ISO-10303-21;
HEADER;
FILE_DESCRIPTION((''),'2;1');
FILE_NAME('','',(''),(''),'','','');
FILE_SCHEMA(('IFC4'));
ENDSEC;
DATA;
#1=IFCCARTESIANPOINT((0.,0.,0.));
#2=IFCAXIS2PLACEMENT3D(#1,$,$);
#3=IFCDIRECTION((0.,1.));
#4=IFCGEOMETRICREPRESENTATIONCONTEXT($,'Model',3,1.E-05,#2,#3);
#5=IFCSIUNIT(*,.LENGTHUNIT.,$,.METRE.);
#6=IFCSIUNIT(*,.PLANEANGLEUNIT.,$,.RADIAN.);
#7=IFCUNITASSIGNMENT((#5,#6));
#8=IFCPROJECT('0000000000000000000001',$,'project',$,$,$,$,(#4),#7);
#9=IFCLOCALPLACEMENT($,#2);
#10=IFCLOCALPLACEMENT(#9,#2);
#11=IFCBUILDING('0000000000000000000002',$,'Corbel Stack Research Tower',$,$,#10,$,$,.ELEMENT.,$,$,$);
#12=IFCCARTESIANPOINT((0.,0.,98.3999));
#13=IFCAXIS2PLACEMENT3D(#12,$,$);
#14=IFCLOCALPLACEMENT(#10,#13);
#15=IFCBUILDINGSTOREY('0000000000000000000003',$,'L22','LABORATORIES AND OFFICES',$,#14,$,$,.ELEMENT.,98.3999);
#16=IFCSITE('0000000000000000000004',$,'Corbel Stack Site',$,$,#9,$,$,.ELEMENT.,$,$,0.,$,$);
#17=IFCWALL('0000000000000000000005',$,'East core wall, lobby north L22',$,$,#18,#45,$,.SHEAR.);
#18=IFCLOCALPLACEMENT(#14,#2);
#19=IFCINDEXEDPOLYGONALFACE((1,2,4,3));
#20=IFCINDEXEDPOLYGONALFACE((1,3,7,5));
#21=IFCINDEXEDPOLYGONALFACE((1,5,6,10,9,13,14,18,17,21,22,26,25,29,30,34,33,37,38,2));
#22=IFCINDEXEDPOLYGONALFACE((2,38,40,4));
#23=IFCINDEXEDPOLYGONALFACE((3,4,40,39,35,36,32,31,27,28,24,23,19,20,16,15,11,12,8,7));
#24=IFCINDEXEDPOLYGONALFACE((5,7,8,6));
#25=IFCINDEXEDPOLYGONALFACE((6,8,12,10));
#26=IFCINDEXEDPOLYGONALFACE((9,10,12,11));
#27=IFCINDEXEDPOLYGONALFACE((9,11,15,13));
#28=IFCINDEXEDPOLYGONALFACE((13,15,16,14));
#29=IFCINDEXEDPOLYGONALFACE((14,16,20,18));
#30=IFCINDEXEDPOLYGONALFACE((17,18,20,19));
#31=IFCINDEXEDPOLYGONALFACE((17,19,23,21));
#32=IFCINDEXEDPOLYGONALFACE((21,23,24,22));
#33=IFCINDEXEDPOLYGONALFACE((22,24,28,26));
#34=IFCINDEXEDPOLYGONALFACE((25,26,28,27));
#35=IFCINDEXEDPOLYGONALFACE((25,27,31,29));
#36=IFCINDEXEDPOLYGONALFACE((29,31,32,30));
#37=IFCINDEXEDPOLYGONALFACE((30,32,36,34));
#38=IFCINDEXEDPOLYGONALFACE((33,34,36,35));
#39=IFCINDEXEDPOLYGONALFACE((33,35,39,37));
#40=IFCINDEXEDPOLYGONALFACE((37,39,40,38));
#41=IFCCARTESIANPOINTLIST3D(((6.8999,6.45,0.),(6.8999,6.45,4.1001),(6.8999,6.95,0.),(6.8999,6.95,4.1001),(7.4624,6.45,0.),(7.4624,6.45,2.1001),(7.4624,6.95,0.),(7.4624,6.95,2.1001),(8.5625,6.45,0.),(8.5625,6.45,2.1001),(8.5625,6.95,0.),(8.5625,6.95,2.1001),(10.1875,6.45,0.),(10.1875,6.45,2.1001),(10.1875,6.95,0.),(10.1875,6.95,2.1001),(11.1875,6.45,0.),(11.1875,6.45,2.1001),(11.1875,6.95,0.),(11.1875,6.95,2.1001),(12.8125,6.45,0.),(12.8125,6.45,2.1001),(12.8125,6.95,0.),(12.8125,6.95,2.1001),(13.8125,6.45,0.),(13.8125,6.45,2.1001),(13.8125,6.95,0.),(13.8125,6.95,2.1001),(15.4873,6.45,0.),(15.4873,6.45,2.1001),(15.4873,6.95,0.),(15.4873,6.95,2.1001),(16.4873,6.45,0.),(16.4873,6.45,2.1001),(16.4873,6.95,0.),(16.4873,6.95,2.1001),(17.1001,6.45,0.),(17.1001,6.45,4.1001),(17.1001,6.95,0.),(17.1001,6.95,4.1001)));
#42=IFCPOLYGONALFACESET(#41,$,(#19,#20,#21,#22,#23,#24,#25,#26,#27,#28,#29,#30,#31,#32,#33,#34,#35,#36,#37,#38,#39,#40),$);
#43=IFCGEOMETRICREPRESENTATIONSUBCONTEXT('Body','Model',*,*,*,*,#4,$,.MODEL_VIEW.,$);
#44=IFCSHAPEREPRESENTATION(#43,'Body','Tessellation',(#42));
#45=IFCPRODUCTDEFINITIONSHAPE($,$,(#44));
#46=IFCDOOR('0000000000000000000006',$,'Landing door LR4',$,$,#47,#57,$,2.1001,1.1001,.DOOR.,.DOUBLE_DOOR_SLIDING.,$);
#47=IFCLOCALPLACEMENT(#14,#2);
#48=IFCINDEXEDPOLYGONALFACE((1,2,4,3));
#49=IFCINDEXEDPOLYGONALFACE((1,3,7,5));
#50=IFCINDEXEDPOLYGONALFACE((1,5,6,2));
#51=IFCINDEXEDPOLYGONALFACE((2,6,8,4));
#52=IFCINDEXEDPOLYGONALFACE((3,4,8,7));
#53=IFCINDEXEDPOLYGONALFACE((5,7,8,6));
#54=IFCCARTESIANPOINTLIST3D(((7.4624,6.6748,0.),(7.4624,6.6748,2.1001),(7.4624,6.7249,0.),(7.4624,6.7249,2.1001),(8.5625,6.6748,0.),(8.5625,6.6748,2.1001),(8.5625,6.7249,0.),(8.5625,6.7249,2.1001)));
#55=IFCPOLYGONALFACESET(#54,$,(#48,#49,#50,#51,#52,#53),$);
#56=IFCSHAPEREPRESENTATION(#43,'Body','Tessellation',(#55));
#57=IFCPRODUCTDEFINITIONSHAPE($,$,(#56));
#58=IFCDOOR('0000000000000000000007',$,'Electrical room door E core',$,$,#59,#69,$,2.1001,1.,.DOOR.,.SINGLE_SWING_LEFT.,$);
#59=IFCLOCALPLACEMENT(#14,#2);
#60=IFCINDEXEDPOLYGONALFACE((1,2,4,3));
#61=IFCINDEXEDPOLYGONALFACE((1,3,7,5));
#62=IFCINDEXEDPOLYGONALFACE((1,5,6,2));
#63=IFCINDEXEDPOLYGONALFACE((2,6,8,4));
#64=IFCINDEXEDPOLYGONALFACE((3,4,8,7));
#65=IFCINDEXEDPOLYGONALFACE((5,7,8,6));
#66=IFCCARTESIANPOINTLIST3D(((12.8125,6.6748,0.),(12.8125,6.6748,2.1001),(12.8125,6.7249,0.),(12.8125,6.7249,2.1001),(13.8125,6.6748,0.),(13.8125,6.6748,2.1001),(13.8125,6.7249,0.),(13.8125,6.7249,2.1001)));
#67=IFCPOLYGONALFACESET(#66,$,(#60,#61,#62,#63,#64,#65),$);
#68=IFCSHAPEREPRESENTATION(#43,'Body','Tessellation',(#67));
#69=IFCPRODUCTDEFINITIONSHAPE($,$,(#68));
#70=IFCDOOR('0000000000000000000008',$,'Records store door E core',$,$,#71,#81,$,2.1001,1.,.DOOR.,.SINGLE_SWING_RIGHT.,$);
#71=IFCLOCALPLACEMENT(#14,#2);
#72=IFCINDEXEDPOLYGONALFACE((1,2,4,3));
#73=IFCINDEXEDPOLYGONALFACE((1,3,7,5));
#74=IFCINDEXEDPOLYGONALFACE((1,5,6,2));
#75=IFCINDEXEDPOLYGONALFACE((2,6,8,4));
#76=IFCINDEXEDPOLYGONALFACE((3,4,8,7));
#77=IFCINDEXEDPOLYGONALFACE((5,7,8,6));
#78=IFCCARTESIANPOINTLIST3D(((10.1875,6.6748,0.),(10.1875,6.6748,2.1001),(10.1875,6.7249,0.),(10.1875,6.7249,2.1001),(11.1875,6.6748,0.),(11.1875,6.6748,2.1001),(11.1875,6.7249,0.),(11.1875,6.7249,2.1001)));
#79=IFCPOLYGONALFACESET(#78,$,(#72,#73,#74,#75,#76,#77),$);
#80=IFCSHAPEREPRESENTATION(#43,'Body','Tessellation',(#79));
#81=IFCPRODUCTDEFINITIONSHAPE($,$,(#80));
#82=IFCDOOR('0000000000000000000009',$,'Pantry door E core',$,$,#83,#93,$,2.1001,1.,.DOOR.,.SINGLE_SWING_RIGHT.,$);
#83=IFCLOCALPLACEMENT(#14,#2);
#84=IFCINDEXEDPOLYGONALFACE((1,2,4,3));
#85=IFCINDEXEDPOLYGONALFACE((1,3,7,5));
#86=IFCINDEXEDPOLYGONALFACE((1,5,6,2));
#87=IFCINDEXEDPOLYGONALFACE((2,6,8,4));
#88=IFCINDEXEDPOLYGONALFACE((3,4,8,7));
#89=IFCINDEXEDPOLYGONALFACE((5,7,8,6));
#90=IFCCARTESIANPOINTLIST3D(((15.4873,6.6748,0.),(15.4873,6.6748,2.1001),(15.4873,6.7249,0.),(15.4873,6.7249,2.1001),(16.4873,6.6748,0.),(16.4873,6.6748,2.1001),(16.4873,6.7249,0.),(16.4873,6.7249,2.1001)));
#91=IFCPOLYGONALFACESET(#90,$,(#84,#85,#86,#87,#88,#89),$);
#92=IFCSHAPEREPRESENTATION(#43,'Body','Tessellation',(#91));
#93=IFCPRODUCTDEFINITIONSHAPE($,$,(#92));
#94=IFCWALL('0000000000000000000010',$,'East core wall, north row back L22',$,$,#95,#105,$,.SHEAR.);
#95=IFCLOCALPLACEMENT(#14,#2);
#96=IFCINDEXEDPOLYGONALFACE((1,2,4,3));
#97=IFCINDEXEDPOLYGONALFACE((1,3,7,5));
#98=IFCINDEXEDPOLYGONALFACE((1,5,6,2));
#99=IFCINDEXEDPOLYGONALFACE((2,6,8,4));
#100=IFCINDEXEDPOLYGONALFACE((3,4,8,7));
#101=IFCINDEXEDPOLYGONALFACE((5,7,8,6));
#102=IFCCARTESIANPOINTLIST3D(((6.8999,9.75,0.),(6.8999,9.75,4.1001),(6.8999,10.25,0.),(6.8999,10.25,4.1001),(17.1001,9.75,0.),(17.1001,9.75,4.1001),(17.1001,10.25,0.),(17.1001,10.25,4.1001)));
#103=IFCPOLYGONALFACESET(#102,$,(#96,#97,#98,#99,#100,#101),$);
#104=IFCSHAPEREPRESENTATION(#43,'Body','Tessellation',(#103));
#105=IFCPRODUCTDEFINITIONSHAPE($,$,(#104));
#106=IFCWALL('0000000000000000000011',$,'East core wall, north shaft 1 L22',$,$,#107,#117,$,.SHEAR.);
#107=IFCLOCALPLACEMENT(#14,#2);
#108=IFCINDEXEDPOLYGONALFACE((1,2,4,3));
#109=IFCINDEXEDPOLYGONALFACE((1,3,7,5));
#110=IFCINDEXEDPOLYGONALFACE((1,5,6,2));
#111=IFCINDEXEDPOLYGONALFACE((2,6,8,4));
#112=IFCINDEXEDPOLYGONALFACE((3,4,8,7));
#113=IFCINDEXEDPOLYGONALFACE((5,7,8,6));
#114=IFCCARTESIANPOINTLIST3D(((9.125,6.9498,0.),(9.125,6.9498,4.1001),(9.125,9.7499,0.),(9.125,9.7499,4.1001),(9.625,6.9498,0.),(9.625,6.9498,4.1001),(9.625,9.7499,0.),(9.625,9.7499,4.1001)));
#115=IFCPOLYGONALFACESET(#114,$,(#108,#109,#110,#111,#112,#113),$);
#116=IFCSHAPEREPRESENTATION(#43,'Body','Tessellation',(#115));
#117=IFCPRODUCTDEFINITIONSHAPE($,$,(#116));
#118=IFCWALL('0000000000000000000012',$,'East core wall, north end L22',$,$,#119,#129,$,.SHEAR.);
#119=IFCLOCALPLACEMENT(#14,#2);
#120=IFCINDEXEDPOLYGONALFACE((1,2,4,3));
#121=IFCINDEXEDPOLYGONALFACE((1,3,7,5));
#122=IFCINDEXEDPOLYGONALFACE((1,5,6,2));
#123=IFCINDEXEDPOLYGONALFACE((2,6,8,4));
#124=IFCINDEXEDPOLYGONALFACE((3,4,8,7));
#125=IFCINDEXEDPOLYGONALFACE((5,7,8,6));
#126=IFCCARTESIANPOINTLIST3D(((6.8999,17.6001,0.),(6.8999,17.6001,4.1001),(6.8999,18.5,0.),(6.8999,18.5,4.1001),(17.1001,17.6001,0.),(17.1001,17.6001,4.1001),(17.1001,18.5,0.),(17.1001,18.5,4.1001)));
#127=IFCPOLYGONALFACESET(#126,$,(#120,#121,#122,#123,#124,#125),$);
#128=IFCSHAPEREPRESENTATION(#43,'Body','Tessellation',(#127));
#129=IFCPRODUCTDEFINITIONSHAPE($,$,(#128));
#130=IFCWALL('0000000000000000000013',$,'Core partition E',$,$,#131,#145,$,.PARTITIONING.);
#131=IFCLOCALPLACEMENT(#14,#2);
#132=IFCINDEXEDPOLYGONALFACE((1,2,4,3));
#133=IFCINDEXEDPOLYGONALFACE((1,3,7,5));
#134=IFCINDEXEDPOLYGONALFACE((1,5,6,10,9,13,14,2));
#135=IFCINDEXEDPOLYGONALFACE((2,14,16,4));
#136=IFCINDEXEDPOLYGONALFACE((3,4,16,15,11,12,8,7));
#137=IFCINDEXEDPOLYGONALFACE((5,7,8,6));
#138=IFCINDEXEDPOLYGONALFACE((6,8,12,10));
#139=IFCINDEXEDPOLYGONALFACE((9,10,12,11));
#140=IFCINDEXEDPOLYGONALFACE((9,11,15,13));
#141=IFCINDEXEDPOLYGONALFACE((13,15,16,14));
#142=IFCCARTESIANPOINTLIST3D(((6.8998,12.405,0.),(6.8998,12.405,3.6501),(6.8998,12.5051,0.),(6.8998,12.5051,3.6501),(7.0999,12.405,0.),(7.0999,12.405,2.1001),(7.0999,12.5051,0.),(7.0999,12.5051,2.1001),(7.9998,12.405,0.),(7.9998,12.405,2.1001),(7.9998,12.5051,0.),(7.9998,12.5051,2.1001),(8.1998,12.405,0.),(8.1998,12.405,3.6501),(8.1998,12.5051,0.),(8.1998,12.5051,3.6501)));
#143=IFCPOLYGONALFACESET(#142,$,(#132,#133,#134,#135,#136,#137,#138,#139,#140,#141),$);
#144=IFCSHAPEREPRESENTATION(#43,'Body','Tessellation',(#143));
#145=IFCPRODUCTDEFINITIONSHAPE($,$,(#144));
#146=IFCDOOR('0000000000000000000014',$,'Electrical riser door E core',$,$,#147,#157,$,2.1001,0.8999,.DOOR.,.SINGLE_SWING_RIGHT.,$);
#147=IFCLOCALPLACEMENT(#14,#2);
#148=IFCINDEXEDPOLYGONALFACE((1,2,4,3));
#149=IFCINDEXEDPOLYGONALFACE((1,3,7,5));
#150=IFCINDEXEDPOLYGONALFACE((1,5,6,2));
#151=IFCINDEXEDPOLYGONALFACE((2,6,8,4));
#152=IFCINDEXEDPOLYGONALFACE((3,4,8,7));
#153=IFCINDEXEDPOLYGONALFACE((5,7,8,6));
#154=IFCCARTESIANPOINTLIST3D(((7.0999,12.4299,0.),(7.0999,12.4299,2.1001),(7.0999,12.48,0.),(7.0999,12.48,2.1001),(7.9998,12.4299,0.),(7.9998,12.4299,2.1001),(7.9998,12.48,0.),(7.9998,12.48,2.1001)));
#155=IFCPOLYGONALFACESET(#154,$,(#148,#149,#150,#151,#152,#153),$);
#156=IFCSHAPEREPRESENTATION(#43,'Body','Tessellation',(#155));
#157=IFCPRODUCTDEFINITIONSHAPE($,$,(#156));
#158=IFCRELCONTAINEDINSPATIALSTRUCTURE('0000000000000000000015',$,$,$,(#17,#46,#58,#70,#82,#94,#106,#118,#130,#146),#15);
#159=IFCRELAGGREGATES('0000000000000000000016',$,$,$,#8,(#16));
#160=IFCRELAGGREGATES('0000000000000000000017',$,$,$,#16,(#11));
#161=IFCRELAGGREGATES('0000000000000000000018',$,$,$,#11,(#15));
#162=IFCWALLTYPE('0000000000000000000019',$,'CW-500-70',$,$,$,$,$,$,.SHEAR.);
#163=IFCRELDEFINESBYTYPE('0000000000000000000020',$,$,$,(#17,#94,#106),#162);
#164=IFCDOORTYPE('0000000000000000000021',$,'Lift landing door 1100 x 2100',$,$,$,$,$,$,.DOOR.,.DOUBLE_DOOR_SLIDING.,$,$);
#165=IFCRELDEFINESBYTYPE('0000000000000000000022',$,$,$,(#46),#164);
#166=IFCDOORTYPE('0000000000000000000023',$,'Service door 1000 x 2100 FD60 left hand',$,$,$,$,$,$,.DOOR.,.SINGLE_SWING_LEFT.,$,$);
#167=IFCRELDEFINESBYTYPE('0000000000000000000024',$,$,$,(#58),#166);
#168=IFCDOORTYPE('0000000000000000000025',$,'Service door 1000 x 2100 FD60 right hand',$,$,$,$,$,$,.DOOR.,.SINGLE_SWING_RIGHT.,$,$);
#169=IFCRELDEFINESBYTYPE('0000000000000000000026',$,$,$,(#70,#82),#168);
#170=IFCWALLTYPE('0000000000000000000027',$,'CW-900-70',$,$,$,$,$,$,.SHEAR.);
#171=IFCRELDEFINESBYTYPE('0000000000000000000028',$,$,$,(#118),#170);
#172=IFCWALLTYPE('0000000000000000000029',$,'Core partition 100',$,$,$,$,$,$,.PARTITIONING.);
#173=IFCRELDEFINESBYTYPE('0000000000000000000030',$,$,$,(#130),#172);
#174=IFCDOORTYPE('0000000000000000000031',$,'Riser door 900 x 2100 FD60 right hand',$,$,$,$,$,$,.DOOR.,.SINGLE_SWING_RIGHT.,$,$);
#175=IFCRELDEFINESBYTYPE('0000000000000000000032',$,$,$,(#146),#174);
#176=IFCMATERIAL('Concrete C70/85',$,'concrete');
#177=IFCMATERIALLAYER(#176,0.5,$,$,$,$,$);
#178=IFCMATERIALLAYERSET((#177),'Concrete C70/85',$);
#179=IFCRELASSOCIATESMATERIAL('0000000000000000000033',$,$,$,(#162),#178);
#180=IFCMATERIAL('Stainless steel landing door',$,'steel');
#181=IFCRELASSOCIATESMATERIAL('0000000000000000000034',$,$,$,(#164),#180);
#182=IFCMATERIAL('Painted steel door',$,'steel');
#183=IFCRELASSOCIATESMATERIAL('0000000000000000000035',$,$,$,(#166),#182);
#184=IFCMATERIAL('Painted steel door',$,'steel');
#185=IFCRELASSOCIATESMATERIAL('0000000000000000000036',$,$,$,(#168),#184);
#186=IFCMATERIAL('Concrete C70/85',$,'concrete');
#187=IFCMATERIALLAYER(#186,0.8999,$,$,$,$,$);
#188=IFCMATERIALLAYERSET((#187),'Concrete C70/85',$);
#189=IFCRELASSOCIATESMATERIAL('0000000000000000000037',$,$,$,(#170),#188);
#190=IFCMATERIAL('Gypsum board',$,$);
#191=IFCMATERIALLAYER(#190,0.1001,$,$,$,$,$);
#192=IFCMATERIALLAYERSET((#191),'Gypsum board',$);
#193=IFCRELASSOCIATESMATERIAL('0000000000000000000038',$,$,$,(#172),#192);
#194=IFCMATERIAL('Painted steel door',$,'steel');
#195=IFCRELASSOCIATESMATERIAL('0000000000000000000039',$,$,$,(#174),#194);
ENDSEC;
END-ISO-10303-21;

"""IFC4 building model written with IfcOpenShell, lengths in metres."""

from ifc_helpers import new_model, si_unit, direction, frame, frame_2d, origin, place, context, subcontext, project, spatial, rectangle, extrude, material, layer, layer_set, type_object, element, fill, save


model = new_model("IFC4")

# Units and contexts
model_context = context("Model", 3, precision=1e-05, world=origin(), true_north=direction((0.0, 1.0)))
body_context = subcontext(model_context, "Body", "Model", "MODEL_VIEW")
ifc_project = project(units=[si_unit("LENGTHUNIT", "METRE"), si_unit("PLANEANGLEUNIT", "RADIAN")], contexts=[model_context])

# Site, building, storey
site_placement = place(None, origin())
site = spatial("IfcSite", under=ifc_project, at=site_placement, Name="Corbel Stack Site", CompositionType="ELEMENT", RefElevation=0.0)
building_placement = place(site_placement, origin())
building = spatial("IfcBuilding", under=site, at=building_placement, Name="Corbel Stack Research Tower", CompositionType="ELEMENT")
storey_placement = place(building_placement, frame((0.0, 0.0, 98.3999)))
storey = spatial("IfcBuildingStorey", under=building, at=storey_placement, Name="L22", Description="LABORATORIES AND OFFICES", CompositionType="ELEMENT", Elevation=98.3999)

# Wall, openings, doors
ifc_material_1 = material(Name="Concrete C70/85", Category="concrete")
ifc_layer_1 = layer(ifc_material_1, 0.5)
ifc_layer_set_1 = layer_set([ifc_layer_1], Name="Concrete C70/85")
wall_type_1 = type_object("IfcWallType", Name="CW-500-70", PredefinedType="SHEAR", material=ifc_layer_set_1)
wall_1_placement = place(storey_placement, frame((6.8999, 6.7, 0.0), z_axis=(0.0, 0.0, 1.0), x_axis=(1.0, 0.0, 0.0)))
wall_1 = element("IfcWall", 1, at=wall_1_placement, inside=storey, type_object=wall_type_1, Name="East core wall, lobby north L22", PredefinedType="SHEAR", context=body_context, shape_type="SweptSolid", body=[
    extrude(rectangle(XDim=10.2002, YDim=0.5, at=frame_2d((5.1001, 0.0))), origin(), (0.0, 0.0, 1.0), 4.1001),
])
opening_1_placement = place(wall_1_placement, frame((0.5625, 0.0, 0.0)))
opening_1 = element("IfcOpeningElement", 2, at=opening_1_placement, cuts=wall_1, PredefinedType="OPENING", context=body_context, shape_type="SweptSolid", body=[
    extrude(rectangle(XDim=1.1001, YDim=2.1001, at=frame_2d((0.55, 1.05))), frame((0.0, 0.26, 0.0), z_axis=(0.0, -1.0, 0.0), x_axis=(1.0, 0.0, 0.0)), (0.0, 0.0, 1.0), 0.52),
])
opening_2_placement = place(wall_1_placement, frame((3.2876, 0.0, 0.0)))
opening_2 = element("IfcOpeningElement", 3, at=opening_2_placement, cuts=wall_1, PredefinedType="OPENING", context=body_context, shape_type="SweptSolid", body=[
    extrude(rectangle(XDim=1.0, YDim=2.1001, at=frame_2d((0.5, 1.05))), frame((0.0, 0.26, 0.0), z_axis=(0.0, -1.0, 0.0), x_axis=(1.0, 0.0, 0.0)), (0.0, 0.0, 1.0), 0.52),
])
opening_3_placement = place(wall_1_placement, frame((5.9126, 0.0, 0.0)))
opening_3 = element("IfcOpeningElement", 4, at=opening_3_placement, cuts=wall_1, PredefinedType="OPENING", context=body_context, shape_type="SweptSolid", body=[
    extrude(rectangle(XDim=1.0, YDim=2.1001, at=frame_2d((0.5, 1.05))), frame((0.0, 0.26, 0.0), z_axis=(0.0, -1.0, 0.0), x_axis=(1.0, 0.0, 0.0)), (0.0, 0.0, 1.0), 0.52),
])
opening_4_placement = place(wall_1_placement, frame((8.5874, 0.0, 0.0)))
opening_4 = element("IfcOpeningElement", 5, at=opening_4_placement, cuts=wall_1, PredefinedType="OPENING", context=body_context, shape_type="SweptSolid", body=[
    extrude(rectangle(XDim=1.0, YDim=2.1001, at=frame_2d((0.5, 1.05))), frame((0.0, 0.26, 0.0), z_axis=(0.0, -1.0, 0.0), x_axis=(1.0, 0.0, 0.0)), (0.0, 0.0, 1.0), 0.52),
])
ifc_material_2 = material(Name="Stainless steel landing door", Category="steel")
door_type_1 = type_object("IfcDoorType", Name="Lift landing door 1100 x 2100", OperationType="DOUBLE_DOOR_SLIDING", PredefinedType="DOOR", material=ifc_material_2)
door_1_placement = place(opening_1_placement, origin())
door_1 = element("IfcDoor", 6, at=door_1_placement, inside=storey, type_object=door_type_1, Name="Landing door LR4", OperationType="DOUBLE_DOOR_SLIDING", OverallHeight=2.1001, OverallWidth=1.1001, PredefinedType="DOOR", context=body_context, shape_type="SweptSolid", body=[
    extrude(rectangle(XDim=1.1001, YDim=2.1001, at=frame_2d((0.55, 1.05))), frame((0.0, 0.0249, 0.0), z_axis=(0.0, -1.0, 0.0), x_axis=(1.0, 0.0, 0.0)), (0.0, 0.0, 1.0), 0.05),
])
fill(opening_1, door_1)
ifc_material_3 = material(Name="Painted steel door", Category="steel")
door_type_2 = type_object("IfcDoorType", Name="Service door 1000 x 2100 FD60 left hand", OperationType="SINGLE_SWING_LEFT", PredefinedType="DOOR", material=ifc_material_3)
door_2_placement = place(opening_3_placement, origin())
door_2 = element("IfcDoor", 7, at=door_2_placement, inside=storey, type_object=door_type_2, Name="Electrical room door E core", OperationType="SINGLE_SWING_LEFT", OverallHeight=2.1001, OverallWidth=1.0, PredefinedType="DOOR", context=body_context, shape_type="SweptSolid", body=[
    extrude(rectangle(XDim=1.0, YDim=2.1001, at=frame_2d((0.5, 1.05))), frame((0.0, 0.0249, 0.0), z_axis=(0.0, -1.0, 0.0), x_axis=(1.0, 0.0, 0.0)), (0.0, 0.0, 1.0), 0.05),
])
fill(opening_3, door_2)
ifc_material_4 = material(Name="Painted steel door", Category="steel")
door_type_3 = type_object("IfcDoorType", Name="Service door 1000 x 2100 FD60 right hand", OperationType="SINGLE_SWING_RIGHT", PredefinedType="DOOR", material=ifc_material_4)
door_3_placement = place(opening_2_placement, origin())
door_3 = element("IfcDoor", 8, at=door_3_placement, inside=storey, type_object=door_type_3, Name="Records store door E core", OperationType="SINGLE_SWING_RIGHT", OverallHeight=2.1001, OverallWidth=1.0, PredefinedType="DOOR", context=body_context, shape_type="SweptSolid", body=[
    extrude(rectangle(XDim=1.0, YDim=2.1001, at=frame_2d((0.5, 1.05))), frame((0.0, 0.0249, 0.0), z_axis=(0.0, -1.0, 0.0), x_axis=(1.0, 0.0, 0.0)), (0.0, 0.0, 1.0), 0.05),
])
fill(opening_2, door_3)
door_4_placement = place(opening_4_placement, origin())
door_4 = element("IfcDoor", 9, at=door_4_placement, inside=storey, type_object=door_type_3, Name="Pantry door E core", OperationType="SINGLE_SWING_RIGHT", OverallHeight=2.1001, OverallWidth=1.0, PredefinedType="DOOR", context=body_context, shape_type="SweptSolid", body=[
    extrude(rectangle(XDim=1.0, YDim=2.1001, at=frame_2d((0.5, 1.05))), frame((0.0, 0.0249, 0.0), z_axis=(0.0, -1.0, 0.0), x_axis=(1.0, 0.0, 0.0)), (0.0, 0.0, 1.0), 0.05),
])
fill(opening_4, door_4)

# Walls
wall_2_placement = place(storey_placement, frame((6.8999, 10.0, 0.0), z_axis=(0.0, 0.0, 1.0), x_axis=(1.0, 0.0, 0.0)))
element("IfcWall", 10, at=wall_2_placement, inside=storey, type_object=wall_type_1, Name="East core wall, north row back L22", PredefinedType="SHEAR", context=body_context, shape_type="SweptSolid", body=[
    extrude(rectangle(XDim=10.2002, YDim=0.5, at=frame_2d((5.1001, 0.0))), origin(), (0.0, 0.0, 1.0), 4.1001),
])
wall_3_placement = place(storey_placement, frame((9.375, 6.95, 0.0), z_axis=(0.0, 0.0, 1.0), x_axis=(0.0, 1.0, 0.0)))
element("IfcWall", 11, at=wall_3_placement, inside=storey, type_object=wall_type_1, Name="East core wall, north shaft 1 L22", PredefinedType="SHEAR", context=body_context, shape_type="SweptSolid", body=[
    extrude(rectangle(XDim=2.8, YDim=0.5, at=frame_2d((1.3999, 0.0))), origin(), (0.0, 0.0, 1.0), 4.1001),
])
ifc_material_5 = material(Name="Concrete C70/85", Category="concrete")
ifc_layer_2 = layer(ifc_material_5, 0.8999)
ifc_layer_set_2 = layer_set([ifc_layer_2], Name="Concrete C70/85")
wall_type_2 = type_object("IfcWallType", Name="CW-900-70", PredefinedType="SHEAR", material=ifc_layer_set_2)
wall_4_placement = place(storey_placement, frame((6.8999, 18.05, 0.0), z_axis=(0.0, 0.0, 1.0), x_axis=(1.0, 0.0, 0.0)))
element("IfcWall", 12, at=wall_4_placement, inside=storey, type_object=wall_type_2, Name="East core wall, north end L22", PredefinedType="SHEAR", context=body_context, shape_type="SweptSolid", body=[
    extrude(rectangle(XDim=10.2002, YDim=0.8999, at=frame_2d((5.1001, 0.0))), origin(), (0.0, 0.0, 1.0), 4.1001),
])

# Wall, opening, door
ifc_material_6 = material(Name="Gypsum board")
ifc_layer_3 = layer(ifc_material_6, 0.1001)
ifc_layer_set_3 = layer_set([ifc_layer_3], Name="Gypsum board")
wall_type_3 = type_object("IfcWallType", Name="Core partition 100", PredefinedType="PARTITIONING", material=ifc_layer_set_3)
wall_5_placement = place(storey_placement, frame((6.8999, 12.4551, 0.0), z_axis=(0.0, 0.0, 1.0), x_axis=(1.0, 0.0, 0.0)))
wall_5 = element("IfcWall", 13, at=wall_5_placement, inside=storey, type_object=wall_type_3, Name="Core partition E", PredefinedType="PARTITIONING", context=body_context, shape_type="SweptSolid", body=[
    extrude(rectangle(XDim=1.3, YDim=0.1001, at=frame_2d((0.6499, 0.0))), origin(), (0.0, 0.0, 1.0), 3.6501),
])
opening_5_placement = place(wall_5_placement, frame((0.2, 0.0, 0.0)))
opening_5 = element("IfcOpeningElement", 14, at=opening_5_placement, cuts=wall_5, PredefinedType="OPENING", context=body_context, shape_type="SweptSolid", body=[
    extrude(rectangle(XDim=0.8999, YDim=2.1001, at=frame_2d((0.45, 1.05))), frame((0.0, 0.0601, 0.0), z_axis=(0.0, -1.0, 0.0), x_axis=(1.0, 0.0, 0.0)), (0.0, 0.0, 1.0), 0.1201),
])
ifc_material_7 = material(Name="Painted steel door", Category="steel")
door_type_4 = type_object("IfcDoorType", Name="Riser door 900 x 2100 FD60 right hand", OperationType="SINGLE_SWING_RIGHT", PredefinedType="DOOR", material=ifc_material_7)
door_5_placement = place(opening_5_placement, origin())
door_5 = element("IfcDoor", 15, at=door_5_placement, inside=storey, type_object=door_type_4, Name="Electrical riser door E core", OperationType="SINGLE_SWING_RIGHT", OverallHeight=2.1001, OverallWidth=0.8999, PredefinedType="DOOR", context=body_context, shape_type="SweptSolid", body=[
    extrude(rectangle(XDim=0.8999, YDim=2.1001, at=frame_2d((0.45, 1.05))), frame((0.0, 0.0249, 0.0), z_axis=(0.0, -1.0, 0.0), x_axis=(1.0, 0.0, 0.0)), (0.0, 0.0, 1.0), 0.05),
])
fill(opening_5, door_5)

save(model, "model.ifc")
